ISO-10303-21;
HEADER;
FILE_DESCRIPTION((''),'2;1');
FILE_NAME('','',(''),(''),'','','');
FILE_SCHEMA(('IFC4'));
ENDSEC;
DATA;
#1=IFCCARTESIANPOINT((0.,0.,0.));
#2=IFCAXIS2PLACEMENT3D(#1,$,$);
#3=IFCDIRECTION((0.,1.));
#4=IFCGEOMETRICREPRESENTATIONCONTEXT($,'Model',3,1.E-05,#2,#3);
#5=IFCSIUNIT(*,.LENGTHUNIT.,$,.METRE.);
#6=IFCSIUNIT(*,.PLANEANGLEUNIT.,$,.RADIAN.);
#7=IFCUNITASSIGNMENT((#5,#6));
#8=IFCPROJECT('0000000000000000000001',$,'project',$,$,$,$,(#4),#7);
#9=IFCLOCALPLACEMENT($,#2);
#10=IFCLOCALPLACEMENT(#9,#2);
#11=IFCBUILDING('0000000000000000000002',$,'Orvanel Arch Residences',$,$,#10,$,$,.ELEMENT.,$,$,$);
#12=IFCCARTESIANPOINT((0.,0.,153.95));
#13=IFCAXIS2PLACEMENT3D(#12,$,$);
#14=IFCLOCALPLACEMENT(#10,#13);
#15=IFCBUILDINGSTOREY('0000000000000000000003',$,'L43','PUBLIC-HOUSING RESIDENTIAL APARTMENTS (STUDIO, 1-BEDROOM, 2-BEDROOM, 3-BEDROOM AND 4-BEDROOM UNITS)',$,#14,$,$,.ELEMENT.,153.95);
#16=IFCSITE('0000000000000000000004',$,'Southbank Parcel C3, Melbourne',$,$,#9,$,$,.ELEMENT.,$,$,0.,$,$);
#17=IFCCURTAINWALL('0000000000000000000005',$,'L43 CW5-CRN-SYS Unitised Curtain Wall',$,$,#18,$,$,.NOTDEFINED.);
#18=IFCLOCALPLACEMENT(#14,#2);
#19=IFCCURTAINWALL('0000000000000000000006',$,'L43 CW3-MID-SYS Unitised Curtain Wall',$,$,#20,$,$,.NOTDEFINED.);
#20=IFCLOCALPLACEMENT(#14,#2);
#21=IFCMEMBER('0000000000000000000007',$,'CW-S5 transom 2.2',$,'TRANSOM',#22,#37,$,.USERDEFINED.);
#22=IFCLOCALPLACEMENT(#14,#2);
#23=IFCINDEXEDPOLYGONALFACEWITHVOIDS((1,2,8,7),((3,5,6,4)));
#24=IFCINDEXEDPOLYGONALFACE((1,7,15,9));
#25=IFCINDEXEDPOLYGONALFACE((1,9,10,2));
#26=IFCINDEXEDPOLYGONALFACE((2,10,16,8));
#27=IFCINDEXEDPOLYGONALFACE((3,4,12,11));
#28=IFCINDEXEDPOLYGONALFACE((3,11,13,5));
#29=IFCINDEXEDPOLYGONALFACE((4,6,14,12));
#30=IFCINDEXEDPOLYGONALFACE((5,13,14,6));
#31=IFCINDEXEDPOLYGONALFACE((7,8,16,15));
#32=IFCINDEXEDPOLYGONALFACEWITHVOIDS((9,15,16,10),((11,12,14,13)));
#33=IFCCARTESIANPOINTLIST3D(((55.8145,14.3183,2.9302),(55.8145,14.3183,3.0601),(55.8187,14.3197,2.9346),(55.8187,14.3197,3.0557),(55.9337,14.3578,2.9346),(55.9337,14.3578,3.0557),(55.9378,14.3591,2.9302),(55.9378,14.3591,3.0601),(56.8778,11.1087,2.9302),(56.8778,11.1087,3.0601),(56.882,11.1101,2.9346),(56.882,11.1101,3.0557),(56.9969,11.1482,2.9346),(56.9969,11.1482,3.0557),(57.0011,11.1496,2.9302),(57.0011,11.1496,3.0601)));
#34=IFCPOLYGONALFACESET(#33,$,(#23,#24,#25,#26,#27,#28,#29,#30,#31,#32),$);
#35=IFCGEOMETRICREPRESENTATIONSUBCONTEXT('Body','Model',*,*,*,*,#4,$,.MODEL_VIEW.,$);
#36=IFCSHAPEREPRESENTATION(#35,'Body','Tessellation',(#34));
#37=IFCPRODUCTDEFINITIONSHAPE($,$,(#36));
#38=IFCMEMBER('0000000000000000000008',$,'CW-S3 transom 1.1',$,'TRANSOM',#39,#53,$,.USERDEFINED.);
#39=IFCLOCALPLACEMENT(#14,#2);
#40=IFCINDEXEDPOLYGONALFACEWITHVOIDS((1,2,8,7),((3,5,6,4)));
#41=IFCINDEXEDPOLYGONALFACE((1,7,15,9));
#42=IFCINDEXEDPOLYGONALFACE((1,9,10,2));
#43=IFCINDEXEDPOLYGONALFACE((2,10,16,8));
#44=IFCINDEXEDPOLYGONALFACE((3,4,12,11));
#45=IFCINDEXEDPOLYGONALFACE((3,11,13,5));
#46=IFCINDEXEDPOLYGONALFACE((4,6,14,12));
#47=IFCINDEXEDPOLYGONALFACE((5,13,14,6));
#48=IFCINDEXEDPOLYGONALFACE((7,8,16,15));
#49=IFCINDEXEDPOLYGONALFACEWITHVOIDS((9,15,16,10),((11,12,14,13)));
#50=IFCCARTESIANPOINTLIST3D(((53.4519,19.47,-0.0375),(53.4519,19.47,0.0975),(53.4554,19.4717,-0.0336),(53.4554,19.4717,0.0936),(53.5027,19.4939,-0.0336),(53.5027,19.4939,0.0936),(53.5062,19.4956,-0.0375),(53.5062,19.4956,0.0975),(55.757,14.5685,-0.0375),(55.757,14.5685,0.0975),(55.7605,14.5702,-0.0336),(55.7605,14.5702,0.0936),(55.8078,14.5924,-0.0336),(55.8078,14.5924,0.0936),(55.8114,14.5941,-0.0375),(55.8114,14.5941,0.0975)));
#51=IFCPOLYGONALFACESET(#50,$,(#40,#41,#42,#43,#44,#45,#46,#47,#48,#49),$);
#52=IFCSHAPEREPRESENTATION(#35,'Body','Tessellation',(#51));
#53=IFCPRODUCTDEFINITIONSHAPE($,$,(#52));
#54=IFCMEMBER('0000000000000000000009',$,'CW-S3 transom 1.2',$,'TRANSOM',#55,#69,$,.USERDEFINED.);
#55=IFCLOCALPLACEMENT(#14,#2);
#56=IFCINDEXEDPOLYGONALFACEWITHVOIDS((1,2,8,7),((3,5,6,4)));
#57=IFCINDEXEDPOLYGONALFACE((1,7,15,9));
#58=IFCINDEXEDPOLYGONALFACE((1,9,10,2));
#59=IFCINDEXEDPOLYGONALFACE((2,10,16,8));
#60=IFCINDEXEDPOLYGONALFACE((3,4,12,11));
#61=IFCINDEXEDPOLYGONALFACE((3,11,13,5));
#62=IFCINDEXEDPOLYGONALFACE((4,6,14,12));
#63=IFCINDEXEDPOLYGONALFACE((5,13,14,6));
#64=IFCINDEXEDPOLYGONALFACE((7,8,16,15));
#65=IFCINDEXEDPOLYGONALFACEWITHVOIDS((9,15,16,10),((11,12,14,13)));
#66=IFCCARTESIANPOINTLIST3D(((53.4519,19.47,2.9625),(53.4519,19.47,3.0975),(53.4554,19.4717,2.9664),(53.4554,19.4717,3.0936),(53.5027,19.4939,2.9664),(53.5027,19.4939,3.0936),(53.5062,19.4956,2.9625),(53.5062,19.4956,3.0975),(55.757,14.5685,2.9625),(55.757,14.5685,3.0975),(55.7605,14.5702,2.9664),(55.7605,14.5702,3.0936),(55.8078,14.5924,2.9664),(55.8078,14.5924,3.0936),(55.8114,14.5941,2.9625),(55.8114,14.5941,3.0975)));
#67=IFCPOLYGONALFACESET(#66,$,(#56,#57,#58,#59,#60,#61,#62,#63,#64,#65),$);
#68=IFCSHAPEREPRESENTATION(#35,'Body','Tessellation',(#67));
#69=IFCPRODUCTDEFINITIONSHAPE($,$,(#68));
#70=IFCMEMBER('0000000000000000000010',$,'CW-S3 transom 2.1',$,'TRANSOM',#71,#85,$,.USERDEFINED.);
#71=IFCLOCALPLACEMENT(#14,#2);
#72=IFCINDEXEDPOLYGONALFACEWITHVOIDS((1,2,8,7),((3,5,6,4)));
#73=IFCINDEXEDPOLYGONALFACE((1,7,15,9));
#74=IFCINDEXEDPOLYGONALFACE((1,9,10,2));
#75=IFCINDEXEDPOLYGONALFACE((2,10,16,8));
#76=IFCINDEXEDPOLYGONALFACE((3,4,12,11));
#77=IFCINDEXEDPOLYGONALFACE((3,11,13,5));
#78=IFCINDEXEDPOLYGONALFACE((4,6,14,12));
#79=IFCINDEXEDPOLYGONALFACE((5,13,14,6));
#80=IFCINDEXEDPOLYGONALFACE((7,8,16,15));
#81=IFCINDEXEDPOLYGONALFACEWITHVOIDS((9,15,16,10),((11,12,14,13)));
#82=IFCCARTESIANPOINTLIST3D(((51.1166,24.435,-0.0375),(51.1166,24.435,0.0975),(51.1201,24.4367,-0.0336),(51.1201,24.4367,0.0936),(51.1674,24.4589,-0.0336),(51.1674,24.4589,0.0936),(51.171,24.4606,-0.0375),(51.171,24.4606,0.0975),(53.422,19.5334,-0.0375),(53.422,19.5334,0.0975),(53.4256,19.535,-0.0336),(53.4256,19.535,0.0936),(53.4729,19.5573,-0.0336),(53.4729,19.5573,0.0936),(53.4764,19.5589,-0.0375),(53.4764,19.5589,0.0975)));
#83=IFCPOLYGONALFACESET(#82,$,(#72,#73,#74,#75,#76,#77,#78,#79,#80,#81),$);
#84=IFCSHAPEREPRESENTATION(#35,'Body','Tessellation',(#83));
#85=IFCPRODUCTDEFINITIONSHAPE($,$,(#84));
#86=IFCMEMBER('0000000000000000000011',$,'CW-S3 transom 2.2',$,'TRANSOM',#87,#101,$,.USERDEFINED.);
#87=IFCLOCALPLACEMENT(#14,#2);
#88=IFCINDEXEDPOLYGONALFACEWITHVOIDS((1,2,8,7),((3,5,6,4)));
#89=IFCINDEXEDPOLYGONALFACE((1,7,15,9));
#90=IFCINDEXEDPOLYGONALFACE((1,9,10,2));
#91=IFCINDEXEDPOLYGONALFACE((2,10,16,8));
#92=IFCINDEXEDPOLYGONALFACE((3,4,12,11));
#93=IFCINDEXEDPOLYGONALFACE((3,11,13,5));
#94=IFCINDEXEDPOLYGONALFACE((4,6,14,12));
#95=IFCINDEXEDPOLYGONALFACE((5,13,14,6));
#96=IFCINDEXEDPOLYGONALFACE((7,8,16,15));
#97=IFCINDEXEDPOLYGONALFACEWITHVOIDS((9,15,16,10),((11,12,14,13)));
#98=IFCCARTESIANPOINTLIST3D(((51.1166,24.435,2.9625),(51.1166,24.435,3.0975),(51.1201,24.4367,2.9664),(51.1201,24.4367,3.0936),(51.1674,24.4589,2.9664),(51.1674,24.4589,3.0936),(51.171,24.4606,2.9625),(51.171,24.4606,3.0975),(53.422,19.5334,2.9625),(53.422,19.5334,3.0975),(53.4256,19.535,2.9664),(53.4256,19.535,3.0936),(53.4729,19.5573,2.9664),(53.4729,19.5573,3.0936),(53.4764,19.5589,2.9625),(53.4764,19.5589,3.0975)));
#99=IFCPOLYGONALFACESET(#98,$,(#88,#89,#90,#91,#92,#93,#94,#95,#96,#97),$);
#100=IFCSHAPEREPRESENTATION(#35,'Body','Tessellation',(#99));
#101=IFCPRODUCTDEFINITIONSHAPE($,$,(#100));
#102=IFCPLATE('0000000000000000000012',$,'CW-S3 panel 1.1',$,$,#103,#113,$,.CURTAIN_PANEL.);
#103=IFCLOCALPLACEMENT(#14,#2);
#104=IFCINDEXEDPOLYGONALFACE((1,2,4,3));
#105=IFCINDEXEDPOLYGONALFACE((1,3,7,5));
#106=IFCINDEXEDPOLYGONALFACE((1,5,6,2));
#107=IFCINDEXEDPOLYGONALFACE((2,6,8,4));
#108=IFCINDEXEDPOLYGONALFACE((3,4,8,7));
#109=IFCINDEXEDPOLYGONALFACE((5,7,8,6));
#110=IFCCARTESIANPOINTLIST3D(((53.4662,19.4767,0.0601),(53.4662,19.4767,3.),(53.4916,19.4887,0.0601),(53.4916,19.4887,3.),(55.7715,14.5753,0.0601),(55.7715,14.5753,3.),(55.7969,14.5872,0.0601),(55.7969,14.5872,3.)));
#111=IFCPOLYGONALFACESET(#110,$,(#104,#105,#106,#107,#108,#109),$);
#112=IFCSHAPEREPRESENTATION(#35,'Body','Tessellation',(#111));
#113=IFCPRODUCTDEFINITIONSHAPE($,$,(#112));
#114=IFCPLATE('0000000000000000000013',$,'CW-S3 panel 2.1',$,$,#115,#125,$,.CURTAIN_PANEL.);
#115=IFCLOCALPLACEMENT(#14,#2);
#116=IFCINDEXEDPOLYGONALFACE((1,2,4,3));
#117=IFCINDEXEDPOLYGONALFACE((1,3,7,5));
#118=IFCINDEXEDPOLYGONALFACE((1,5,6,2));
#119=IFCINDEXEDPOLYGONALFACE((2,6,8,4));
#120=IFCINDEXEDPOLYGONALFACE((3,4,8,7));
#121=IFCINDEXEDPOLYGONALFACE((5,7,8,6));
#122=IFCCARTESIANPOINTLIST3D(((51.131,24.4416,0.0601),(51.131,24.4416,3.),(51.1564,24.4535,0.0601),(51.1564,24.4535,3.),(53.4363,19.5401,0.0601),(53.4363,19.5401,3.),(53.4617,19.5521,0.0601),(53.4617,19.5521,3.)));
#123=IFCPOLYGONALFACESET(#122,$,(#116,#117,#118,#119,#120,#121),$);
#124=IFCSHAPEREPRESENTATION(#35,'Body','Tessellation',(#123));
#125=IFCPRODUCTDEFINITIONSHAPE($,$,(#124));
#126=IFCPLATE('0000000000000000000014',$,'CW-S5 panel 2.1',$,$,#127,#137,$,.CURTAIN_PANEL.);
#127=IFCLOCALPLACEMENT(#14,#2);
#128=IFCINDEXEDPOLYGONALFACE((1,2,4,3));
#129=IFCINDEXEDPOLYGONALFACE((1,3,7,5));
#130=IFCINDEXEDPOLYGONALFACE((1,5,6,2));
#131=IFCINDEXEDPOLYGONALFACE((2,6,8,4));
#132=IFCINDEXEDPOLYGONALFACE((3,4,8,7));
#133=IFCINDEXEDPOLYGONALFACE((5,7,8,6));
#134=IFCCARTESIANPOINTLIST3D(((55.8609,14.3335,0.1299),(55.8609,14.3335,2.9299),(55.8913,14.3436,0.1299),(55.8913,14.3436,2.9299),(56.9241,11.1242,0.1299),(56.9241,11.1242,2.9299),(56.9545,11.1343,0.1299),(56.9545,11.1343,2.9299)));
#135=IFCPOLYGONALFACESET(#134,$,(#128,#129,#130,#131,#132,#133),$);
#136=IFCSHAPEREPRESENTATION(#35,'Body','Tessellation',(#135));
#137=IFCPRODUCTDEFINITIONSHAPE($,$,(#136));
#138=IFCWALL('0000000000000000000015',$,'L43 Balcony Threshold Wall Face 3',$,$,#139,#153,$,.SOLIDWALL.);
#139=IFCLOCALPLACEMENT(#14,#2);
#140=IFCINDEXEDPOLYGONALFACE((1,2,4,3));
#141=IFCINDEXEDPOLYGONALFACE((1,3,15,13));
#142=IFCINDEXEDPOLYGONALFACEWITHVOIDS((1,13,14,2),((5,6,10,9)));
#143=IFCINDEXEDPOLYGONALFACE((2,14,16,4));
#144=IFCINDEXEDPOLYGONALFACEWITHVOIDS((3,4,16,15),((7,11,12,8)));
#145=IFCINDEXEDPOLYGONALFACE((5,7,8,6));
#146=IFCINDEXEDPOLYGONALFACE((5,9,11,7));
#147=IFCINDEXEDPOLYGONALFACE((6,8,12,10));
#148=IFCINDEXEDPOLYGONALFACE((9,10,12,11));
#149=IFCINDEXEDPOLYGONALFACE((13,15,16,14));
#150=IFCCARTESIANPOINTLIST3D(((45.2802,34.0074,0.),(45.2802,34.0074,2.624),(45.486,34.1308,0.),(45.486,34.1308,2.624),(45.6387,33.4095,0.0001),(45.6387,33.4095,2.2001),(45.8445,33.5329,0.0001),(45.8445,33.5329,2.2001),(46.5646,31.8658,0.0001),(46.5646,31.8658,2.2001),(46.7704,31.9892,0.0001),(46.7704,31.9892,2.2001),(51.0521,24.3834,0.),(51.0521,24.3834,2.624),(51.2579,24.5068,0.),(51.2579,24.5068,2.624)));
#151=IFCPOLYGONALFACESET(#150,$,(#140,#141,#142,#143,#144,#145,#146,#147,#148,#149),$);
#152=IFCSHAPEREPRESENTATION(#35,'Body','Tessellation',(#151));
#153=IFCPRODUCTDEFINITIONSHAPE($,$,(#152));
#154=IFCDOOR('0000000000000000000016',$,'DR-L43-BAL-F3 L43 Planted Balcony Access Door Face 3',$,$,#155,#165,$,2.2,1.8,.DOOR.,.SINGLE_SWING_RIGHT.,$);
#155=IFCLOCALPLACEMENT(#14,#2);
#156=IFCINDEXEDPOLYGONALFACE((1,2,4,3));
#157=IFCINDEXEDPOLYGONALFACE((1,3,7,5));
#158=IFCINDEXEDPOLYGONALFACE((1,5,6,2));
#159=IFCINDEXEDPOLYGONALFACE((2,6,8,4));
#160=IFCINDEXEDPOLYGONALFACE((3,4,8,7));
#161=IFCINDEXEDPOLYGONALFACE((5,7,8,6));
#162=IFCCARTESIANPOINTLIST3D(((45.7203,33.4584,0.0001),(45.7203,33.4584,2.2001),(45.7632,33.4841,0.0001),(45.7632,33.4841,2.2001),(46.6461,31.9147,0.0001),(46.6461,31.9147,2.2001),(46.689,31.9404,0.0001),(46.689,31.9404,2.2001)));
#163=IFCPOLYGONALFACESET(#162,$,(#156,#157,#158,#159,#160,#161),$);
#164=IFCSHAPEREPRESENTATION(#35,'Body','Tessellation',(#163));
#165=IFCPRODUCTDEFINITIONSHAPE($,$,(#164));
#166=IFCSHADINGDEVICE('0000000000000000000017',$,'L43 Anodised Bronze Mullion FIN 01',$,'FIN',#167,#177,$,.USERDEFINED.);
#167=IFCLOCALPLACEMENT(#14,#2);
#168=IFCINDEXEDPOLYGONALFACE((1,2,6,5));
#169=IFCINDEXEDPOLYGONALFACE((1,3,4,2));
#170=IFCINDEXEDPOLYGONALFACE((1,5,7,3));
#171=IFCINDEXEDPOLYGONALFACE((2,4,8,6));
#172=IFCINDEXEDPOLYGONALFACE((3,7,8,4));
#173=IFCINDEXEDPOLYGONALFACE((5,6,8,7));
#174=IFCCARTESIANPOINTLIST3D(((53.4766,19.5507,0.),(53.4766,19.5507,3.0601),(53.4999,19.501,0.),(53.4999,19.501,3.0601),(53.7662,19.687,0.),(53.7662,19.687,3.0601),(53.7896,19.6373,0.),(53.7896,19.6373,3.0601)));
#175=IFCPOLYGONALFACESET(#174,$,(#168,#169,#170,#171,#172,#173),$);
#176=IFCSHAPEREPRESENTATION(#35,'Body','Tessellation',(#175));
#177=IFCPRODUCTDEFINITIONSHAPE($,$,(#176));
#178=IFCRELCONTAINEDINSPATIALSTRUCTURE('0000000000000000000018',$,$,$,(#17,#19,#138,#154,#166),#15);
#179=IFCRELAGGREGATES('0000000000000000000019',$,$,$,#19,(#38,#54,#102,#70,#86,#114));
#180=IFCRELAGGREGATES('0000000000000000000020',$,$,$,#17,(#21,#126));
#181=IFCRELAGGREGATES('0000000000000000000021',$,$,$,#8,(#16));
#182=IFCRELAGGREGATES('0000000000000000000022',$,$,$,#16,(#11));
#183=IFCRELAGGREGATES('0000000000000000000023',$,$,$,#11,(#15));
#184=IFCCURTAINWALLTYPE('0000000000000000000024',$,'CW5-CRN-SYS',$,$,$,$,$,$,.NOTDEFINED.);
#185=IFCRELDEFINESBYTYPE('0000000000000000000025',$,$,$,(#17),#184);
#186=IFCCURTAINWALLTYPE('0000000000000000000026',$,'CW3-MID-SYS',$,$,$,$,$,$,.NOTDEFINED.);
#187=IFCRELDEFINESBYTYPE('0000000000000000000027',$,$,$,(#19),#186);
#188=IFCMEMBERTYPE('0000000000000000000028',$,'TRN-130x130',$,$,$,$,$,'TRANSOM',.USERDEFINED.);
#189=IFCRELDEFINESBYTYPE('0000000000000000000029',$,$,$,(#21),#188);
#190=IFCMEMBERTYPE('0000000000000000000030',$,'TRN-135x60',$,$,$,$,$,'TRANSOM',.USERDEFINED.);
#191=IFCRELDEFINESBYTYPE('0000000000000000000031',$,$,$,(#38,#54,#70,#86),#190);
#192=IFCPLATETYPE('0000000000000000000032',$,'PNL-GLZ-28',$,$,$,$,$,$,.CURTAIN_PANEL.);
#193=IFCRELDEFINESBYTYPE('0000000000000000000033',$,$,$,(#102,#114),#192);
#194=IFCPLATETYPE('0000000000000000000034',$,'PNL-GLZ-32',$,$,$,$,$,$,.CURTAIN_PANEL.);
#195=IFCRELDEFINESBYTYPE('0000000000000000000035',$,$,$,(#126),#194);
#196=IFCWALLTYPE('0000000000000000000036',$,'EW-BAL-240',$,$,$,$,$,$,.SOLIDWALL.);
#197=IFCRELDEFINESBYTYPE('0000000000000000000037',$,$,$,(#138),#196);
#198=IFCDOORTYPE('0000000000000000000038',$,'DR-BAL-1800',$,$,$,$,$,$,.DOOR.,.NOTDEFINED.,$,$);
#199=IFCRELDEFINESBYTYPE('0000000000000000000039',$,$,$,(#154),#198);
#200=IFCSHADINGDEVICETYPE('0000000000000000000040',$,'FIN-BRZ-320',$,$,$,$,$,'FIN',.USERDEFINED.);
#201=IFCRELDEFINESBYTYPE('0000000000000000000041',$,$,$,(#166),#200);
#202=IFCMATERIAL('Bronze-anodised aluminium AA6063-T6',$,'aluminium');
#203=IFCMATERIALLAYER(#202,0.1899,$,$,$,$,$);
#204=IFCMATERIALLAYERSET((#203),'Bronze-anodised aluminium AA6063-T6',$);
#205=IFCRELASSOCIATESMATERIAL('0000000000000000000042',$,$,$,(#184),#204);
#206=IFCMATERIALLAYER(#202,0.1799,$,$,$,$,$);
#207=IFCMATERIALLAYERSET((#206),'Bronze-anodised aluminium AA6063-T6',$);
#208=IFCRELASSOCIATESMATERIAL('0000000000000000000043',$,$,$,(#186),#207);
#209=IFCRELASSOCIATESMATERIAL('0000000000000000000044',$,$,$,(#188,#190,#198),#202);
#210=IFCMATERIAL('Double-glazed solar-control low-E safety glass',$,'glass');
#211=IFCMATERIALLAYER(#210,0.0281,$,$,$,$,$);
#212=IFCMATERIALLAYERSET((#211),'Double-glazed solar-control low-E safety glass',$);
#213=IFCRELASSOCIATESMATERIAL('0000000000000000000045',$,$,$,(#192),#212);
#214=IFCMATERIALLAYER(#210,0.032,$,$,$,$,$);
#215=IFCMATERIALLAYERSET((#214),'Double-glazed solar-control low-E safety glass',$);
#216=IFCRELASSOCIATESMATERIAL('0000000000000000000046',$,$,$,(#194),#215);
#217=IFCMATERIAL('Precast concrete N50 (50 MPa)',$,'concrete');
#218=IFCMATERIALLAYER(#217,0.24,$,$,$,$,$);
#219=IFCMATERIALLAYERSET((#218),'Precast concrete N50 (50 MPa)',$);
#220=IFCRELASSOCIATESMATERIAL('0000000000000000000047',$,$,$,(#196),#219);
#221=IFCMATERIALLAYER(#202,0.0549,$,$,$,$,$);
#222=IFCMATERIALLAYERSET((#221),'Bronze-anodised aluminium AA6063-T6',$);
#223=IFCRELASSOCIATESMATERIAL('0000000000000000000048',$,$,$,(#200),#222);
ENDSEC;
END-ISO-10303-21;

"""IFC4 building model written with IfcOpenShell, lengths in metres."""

from ifc_helpers import new_model, si_unit, direction, frame, frame_2d, origin, origin_2d, place, context, subcontext, project, spatial, rectangle, hollow_rectangle, extrude, material, layer, layer_set, material_profile, profile_set, type_object, element, fill, aggregate, save


model = new_model("IFC4")

# Units and contexts
model_context = context("Model", 3, precision=1e-05, world=origin(), true_north=direction((0.0, 1.0)))
body_context = subcontext(model_context, "Body", "Model", "MODEL_VIEW")
ifc_project = project(units=[si_unit("LENGTHUNIT", "METRE"), si_unit("PLANEANGLEUNIT", "RADIAN")], contexts=[model_context])

# Site, building, storey
site_placement = place(None, origin())
site = spatial("IfcSite", under=ifc_project, at=site_placement, Name="Southbank Parcel C3, Melbourne", CompositionType="ELEMENT", RefElevation=0.0)
building_placement = place(site_placement, origin())
building = spatial("IfcBuilding", under=site, at=building_placement, Name="Orvanel Arch Residences", CompositionType="ELEMENT")
storey_placement = place(building_placement, frame((0.0, 0.0, 153.95)))
storey = spatial("IfcBuildingStorey", under=building, at=storey_placement, Name="L43", Description="PUBLIC-HOUSING RESIDENTIAL APARTMENTS (STUDIO, 1-BEDROOM, 2-BEDROOM, 3-BEDROOM AND 4-BEDROOM UNITS)", CompositionType="ELEMENT", Elevation=153.95)

# Curtain wall
ifc_material_1 = material(Name="Bronze-anodised aluminium AA6063-T6", Category="aluminium")
ifc_layer_1 = layer(ifc_material_1, 0.1899)
ifc_layer_set_1 = layer_set([ifc_layer_1], Name="Bronze-anodised aluminium AA6063-T6")
curtain_wall_type_1 = type_object("IfcCurtainWallType", Name="CW5-CRN-SYS", PredefinedType="NOTDEFINED", material=ifc_layer_set_1)
curtain_wall_1_placement = place(storey_placement, origin())
curtain_wall_1 = element("IfcCurtainWall", 1, at=curtain_wall_1_placement, inside=storey, type_object=curtain_wall_type_1, Name="L43 CW5-CRN-SYS Unitised Curtain Wall", PredefinedType="NOTDEFINED")

# Curtain wall
ifc_layer_2 = layer(ifc_material_1, 0.1799)
ifc_layer_set_2 = layer_set([ifc_layer_2], Name="Bronze-anodised aluminium AA6063-T6")
curtain_wall_type_2 = type_object("IfcCurtainWallType", Name="CW3-MID-SYS", PredefinedType="NOTDEFINED", material=ifc_layer_set_2)
curtain_wall_2_placement = place(storey_placement, origin())
curtain_wall_2 = element("IfcCurtainWall", 2, at=curtain_wall_2_placement, inside=storey, type_object=curtain_wall_type_2, Name="L43 CW3-MID-SYS Unitised Curtain Wall", PredefinedType="NOTDEFINED")

# Members
ifc_material_profile_1 = material_profile(ifc_material_1, hollow_rectangle(XDim=0.1299, YDim=0.1299, WallThickness=0.0044, at=origin_2d()), Name="ALU130x130x4.5")
ifc_profile_set_1 = profile_set([ifc_material_profile_1], Name="Bronze-anodised aluminium AA6063-T6")
member_type_1 = type_object("IfcMemberType", Name="TRN-130x130", ElementType="TRANSOM", PredefinedType="USERDEFINED", material=ifc_profile_set_1)
member_1_placement = place(storey_placement, frame((56.9395, 11.1292, 2.9951), z_axis=(-0.314473, 0.949267, 0.0), x_axis=(-0.949267, -0.314473, 0.0)))
member_1 = element("IfcMember", 3, at=member_1_placement, type_object=member_type_1, Name="CW-S5 transom 2.2", ObjectType="TRANSOM", PredefinedType="USERDEFINED", context=body_context, shape_type="SweptSolid", body=[
    extrude(hollow_rectangle(XDim=0.1299, YDim=0.1299, WallThickness=0.0044, at=origin_2d()), origin(), (0.0, 0.0, 1.0), 3.3811),
])
ifc_material_profile_2 = material_profile(ifc_material_1, hollow_rectangle(XDim=0.0601, YDim=0.135, WallThickness=0.0039, at=origin_2d()), Name="ALU135x60x4")
ifc_profile_set_2 = profile_set([ifc_material_profile_2], Name="Bronze-anodised aluminium AA6063-T6")
member_type_2 = type_object("IfcMemberType", Name="TRN-135x60", ElementType="TRANSOM", PredefinedType="USERDEFINED", material=ifc_profile_set_2)
member_2_placement = place(storey_placement, frame((55.7842, 14.5813, 0.03), z_axis=(-0.425576, 0.904923, 0.0), x_axis=(-0.904923, -0.425576, 0.0)))
member_2 = element("IfcMember", 4, at=member_2_placement, type_object=member_type_2, Name="CW-S3 transom 1.1", ObjectType="TRANSOM", PredefinedType="USERDEFINED", context=body_context, shape_type="SweptSolid", body=[
    extrude(hollow_rectangle(XDim=0.0601, YDim=0.135, WallThickness=0.0039, at=origin_2d()), origin(), (0.0, 0.0, 1.0), 5.4165),
])
member_3_placement = place(storey_placement, frame((55.7842, 14.5813, 3.03), z_axis=(-0.425576, 0.904923, 0.0), x_axis=(-0.904923, -0.425576, 0.0)))
member_3 = element("IfcMember", 5, at=member_3_placement, type_object=member_type_2, Name="CW-S3 transom 1.2", ObjectType="TRANSOM", PredefinedType="USERDEFINED", context=body_context, shape_type="SweptSolid", body=[
    extrude(hollow_rectangle(XDim=0.0601, YDim=0.135, WallThickness=0.0039, at=origin_2d()), origin(), (0.0, 0.0, 1.0), 5.4165),
])
member_4_placement = place(storey_placement, frame((53.4492, 19.5461, 0.03), z_axis=(-0.425613, 0.904906, 0.0), x_axis=(-0.904906, -0.425613, 0.0)))
member_4 = element("IfcMember", 6, at=member_4_placement, type_object=member_type_2, Name="CW-S3 transom 2.1", ObjectType="TRANSOM", PredefinedType="USERDEFINED", context=body_context, shape_type="SweptSolid", body=[
    extrude(hollow_rectangle(XDim=0.0601, YDim=0.135, WallThickness=0.0039, at=origin_2d()), origin(), (0.0, 0.0, 1.0), 5.4167),
])
member_5_placement = place(storey_placement, frame((53.4492, 19.5461, 3.03), z_axis=(-0.425613, 0.904906, 0.0), x_axis=(-0.904906, -0.425613, 0.0)))
member_5 = element("IfcMember", 7, at=member_5_placement, type_object=member_type_2, Name="CW-S3 transom 2.2", ObjectType="TRANSOM", PredefinedType="USERDEFINED", context=body_context, shape_type="SweptSolid", body=[
    extrude(hollow_rectangle(XDim=0.0601, YDim=0.135, WallThickness=0.0039, at=origin_2d()), origin(), (0.0, 0.0, 1.0), 5.4167),
])

# Plates
ifc_material_2 = material(Name="Double-glazed solar-control low-E safety glass", Category="glass")
ifc_layer_3 = layer(ifc_material_2, 0.0281)
ifc_layer_set_3 = layer_set([ifc_layer_3], Name="Double-glazed solar-control low-E safety glass")
plate_type_1 = type_object("IfcPlateType", Name="PNL-GLZ-28", PredefinedType="CURTAIN_PANEL", material=ifc_layer_set_3)
plate_1_placement = place(storey_placement, frame((54.6316, 17.032, 0.0601), z_axis=(0.0, 0.0, 1.0), x_axis=(-0.425605, 0.904909, 0.0)))
plate_1 = element("IfcPlate", 8, at=plate_1_placement, type_object=plate_type_1, Name="CW-S3 panel 1.1", PredefinedType="CURTAIN_PANEL", context=body_context, shape_type="SweptSolid", body=[
    extrude(rectangle(XDim=5.4165, YDim=0.0281, at=origin_2d()), origin(), (0.0, 0.0, 1.0), 2.9399),
])
plate_2_placement = place(storey_placement, frame((52.2964, 21.9968, 0.0601), z_axis=(0.0, 0.0, 1.0), x_axis=(-0.425605, 0.904909, 0.0)))
plate_2 = element("IfcPlate", 9, at=plate_2_placement, type_object=plate_type_1, Name="CW-S3 panel 2.1", PredefinedType="CURTAIN_PANEL", context=body_context, shape_type="SweptSolid", body=[
    extrude(rectangle(XDim=5.4165, YDim=0.0281, at=origin_2d()), origin(), (0.0, 0.0, 1.0), 2.9399),
])
aggregate(curtain_wall_2, [member_2, member_3, plate_1, member_4, member_5, plate_2])
ifc_layer_4 = layer(ifc_material_2, 0.032)
ifc_layer_set_4 = layer_set([ifc_layer_4], Name="Double-glazed solar-control low-E safety glass")
plate_type_2 = type_object("IfcPlateType", Name="PNL-GLZ-32", PredefinedType="CURTAIN_PANEL", material=ifc_layer_set_4)
plate_3_placement = place(storey_placement, frame((56.4077, 12.7339, 0.1299), z_axis=(0.0, 0.0, 1.0), x_axis=(-0.31448, 0.949264, 0.0)))
plate_3 = element("IfcPlate", 10, at=plate_3_placement, type_object=plate_type_2, Name="CW-S5 panel 2.1", PredefinedType="CURTAIN_PANEL", context=body_context, shape_type="SweptSolid", body=[
    extrude(rectangle(XDim=3.3809, YDim=0.032, at=origin_2d()), origin(), (0.0, 0.0, 1.0), 2.8),
])
aggregate(curtain_wall_1, [member_1, plate_3])

# Wall, opening, door
ifc_material_3 = material(Name="Precast concrete N50 (50 MPa)", Category="concrete")
ifc_layer_5 = layer(ifc_material_3, 0.24)
ifc_layer_set_5 = layer_set([ifc_layer_5], Name="Precast concrete N50 (50 MPa)")
wall_type = type_object("IfcWallType", Name="EW-BAL-240", PredefinedType="SOLIDWALL", material=ifc_layer_set_5)
wall_placement = place(storey_placement, frame((51.155, 24.4451, 0.0), z_axis=(0.0, 0.0, 1.0), x_axis=(-0.514336, 0.857589, 0.0)))
wall = element("IfcWall", 11, at=wall_placement, inside=storey, type_object=wall_type, Name="L43 Balcony Threshold Wall Face 3", PredefinedType="SOLIDWALL", context=body_context, shape_type="SweptSolid", body=[
    extrude(rectangle(XDim=11.2222, YDim=0.24, at=frame_2d((5.6111, 0.0))), origin(), (0.0, 0.0, 1.0), 2.624),
])
opening_placement = place(wall_placement, frame((8.7251, 0.0, 0.0)))
opening = element("IfcOpeningElement", 12, at=opening_placement, cuts=wall, PredefinedType="OPENING", context=body_context, shape_type="SweptSolid", body=[
    extrude(rectangle(XDim=1.8, YDim=2.2, at=frame_2d((0.8999, 1.1001))), frame((0.0, 0.1299, 0.0), z_axis=(0.0, -1.0, 0.0), x_axis=(1.0, 0.0, 0.0)), (0.0, 0.0, 1.0), 0.26),
])
door_type = type_object("IfcDoorType", Name="DR-BAL-1800", OperationType="NOTDEFINED", PredefinedType="DOOR", material=ifc_material_1)
door_placement = place(opening_placement, origin())
door = element("IfcDoor", 13, at=door_placement, inside=storey, type_object=door_type, Name="DR-L43-BAL-F3 L43 Planted Balcony Access Door Face 3", OperationType="SINGLE_SWING_RIGHT", OverallHeight=2.2, OverallWidth=1.8, PredefinedType="DOOR", context=body_context, shape_type="SweptSolid", body=[
    extrude(rectangle(XDim=1.8, YDim=2.2, at=frame_2d((0.8999, 1.1001))), frame((0.0, 0.0249, 0.0), z_axis=(0.0, -1.0, 0.0), x_axis=(1.0, 0.0, 0.0)), (0.0, 0.0, 1.0), 0.05),
])
fill(opening, door)

# Shading device
ifc_layer_6 = layer(ifc_material_1, 0.0549)
ifc_layer_set_6 = layer_set([ifc_layer_6], Name="Bronze-anodised aluminium AA6063-T6")
shading_device_type = type_object("IfcShadingDeviceType", Name="FIN-BRZ-320", ElementType="FIN", PredefinedType="USERDEFINED", material=ifc_layer_set_6)
shading_device_placement = place(storey_placement, frame((53.6331, 19.594, 0.0), z_axis=(0.0, 0.0, 1.0), x_axis=(0.904827, 0.425779, 0.0)))
element("IfcShadingDevice", 14, at=shading_device_placement, inside=storey, type_object=shading_device_type, Name="L43 Anodised Bronze Mullion FIN 01", ObjectType="FIN", PredefinedType="USERDEFINED", context=body_context, shape_type="SweptSolid", body=[
    extrude(rectangle(XDim=0.3201, YDim=0.0549, at=origin_2d()), origin(), (0.0, 0.0, 1.0), 3.0601),
])

save(model, "model.ifc")
